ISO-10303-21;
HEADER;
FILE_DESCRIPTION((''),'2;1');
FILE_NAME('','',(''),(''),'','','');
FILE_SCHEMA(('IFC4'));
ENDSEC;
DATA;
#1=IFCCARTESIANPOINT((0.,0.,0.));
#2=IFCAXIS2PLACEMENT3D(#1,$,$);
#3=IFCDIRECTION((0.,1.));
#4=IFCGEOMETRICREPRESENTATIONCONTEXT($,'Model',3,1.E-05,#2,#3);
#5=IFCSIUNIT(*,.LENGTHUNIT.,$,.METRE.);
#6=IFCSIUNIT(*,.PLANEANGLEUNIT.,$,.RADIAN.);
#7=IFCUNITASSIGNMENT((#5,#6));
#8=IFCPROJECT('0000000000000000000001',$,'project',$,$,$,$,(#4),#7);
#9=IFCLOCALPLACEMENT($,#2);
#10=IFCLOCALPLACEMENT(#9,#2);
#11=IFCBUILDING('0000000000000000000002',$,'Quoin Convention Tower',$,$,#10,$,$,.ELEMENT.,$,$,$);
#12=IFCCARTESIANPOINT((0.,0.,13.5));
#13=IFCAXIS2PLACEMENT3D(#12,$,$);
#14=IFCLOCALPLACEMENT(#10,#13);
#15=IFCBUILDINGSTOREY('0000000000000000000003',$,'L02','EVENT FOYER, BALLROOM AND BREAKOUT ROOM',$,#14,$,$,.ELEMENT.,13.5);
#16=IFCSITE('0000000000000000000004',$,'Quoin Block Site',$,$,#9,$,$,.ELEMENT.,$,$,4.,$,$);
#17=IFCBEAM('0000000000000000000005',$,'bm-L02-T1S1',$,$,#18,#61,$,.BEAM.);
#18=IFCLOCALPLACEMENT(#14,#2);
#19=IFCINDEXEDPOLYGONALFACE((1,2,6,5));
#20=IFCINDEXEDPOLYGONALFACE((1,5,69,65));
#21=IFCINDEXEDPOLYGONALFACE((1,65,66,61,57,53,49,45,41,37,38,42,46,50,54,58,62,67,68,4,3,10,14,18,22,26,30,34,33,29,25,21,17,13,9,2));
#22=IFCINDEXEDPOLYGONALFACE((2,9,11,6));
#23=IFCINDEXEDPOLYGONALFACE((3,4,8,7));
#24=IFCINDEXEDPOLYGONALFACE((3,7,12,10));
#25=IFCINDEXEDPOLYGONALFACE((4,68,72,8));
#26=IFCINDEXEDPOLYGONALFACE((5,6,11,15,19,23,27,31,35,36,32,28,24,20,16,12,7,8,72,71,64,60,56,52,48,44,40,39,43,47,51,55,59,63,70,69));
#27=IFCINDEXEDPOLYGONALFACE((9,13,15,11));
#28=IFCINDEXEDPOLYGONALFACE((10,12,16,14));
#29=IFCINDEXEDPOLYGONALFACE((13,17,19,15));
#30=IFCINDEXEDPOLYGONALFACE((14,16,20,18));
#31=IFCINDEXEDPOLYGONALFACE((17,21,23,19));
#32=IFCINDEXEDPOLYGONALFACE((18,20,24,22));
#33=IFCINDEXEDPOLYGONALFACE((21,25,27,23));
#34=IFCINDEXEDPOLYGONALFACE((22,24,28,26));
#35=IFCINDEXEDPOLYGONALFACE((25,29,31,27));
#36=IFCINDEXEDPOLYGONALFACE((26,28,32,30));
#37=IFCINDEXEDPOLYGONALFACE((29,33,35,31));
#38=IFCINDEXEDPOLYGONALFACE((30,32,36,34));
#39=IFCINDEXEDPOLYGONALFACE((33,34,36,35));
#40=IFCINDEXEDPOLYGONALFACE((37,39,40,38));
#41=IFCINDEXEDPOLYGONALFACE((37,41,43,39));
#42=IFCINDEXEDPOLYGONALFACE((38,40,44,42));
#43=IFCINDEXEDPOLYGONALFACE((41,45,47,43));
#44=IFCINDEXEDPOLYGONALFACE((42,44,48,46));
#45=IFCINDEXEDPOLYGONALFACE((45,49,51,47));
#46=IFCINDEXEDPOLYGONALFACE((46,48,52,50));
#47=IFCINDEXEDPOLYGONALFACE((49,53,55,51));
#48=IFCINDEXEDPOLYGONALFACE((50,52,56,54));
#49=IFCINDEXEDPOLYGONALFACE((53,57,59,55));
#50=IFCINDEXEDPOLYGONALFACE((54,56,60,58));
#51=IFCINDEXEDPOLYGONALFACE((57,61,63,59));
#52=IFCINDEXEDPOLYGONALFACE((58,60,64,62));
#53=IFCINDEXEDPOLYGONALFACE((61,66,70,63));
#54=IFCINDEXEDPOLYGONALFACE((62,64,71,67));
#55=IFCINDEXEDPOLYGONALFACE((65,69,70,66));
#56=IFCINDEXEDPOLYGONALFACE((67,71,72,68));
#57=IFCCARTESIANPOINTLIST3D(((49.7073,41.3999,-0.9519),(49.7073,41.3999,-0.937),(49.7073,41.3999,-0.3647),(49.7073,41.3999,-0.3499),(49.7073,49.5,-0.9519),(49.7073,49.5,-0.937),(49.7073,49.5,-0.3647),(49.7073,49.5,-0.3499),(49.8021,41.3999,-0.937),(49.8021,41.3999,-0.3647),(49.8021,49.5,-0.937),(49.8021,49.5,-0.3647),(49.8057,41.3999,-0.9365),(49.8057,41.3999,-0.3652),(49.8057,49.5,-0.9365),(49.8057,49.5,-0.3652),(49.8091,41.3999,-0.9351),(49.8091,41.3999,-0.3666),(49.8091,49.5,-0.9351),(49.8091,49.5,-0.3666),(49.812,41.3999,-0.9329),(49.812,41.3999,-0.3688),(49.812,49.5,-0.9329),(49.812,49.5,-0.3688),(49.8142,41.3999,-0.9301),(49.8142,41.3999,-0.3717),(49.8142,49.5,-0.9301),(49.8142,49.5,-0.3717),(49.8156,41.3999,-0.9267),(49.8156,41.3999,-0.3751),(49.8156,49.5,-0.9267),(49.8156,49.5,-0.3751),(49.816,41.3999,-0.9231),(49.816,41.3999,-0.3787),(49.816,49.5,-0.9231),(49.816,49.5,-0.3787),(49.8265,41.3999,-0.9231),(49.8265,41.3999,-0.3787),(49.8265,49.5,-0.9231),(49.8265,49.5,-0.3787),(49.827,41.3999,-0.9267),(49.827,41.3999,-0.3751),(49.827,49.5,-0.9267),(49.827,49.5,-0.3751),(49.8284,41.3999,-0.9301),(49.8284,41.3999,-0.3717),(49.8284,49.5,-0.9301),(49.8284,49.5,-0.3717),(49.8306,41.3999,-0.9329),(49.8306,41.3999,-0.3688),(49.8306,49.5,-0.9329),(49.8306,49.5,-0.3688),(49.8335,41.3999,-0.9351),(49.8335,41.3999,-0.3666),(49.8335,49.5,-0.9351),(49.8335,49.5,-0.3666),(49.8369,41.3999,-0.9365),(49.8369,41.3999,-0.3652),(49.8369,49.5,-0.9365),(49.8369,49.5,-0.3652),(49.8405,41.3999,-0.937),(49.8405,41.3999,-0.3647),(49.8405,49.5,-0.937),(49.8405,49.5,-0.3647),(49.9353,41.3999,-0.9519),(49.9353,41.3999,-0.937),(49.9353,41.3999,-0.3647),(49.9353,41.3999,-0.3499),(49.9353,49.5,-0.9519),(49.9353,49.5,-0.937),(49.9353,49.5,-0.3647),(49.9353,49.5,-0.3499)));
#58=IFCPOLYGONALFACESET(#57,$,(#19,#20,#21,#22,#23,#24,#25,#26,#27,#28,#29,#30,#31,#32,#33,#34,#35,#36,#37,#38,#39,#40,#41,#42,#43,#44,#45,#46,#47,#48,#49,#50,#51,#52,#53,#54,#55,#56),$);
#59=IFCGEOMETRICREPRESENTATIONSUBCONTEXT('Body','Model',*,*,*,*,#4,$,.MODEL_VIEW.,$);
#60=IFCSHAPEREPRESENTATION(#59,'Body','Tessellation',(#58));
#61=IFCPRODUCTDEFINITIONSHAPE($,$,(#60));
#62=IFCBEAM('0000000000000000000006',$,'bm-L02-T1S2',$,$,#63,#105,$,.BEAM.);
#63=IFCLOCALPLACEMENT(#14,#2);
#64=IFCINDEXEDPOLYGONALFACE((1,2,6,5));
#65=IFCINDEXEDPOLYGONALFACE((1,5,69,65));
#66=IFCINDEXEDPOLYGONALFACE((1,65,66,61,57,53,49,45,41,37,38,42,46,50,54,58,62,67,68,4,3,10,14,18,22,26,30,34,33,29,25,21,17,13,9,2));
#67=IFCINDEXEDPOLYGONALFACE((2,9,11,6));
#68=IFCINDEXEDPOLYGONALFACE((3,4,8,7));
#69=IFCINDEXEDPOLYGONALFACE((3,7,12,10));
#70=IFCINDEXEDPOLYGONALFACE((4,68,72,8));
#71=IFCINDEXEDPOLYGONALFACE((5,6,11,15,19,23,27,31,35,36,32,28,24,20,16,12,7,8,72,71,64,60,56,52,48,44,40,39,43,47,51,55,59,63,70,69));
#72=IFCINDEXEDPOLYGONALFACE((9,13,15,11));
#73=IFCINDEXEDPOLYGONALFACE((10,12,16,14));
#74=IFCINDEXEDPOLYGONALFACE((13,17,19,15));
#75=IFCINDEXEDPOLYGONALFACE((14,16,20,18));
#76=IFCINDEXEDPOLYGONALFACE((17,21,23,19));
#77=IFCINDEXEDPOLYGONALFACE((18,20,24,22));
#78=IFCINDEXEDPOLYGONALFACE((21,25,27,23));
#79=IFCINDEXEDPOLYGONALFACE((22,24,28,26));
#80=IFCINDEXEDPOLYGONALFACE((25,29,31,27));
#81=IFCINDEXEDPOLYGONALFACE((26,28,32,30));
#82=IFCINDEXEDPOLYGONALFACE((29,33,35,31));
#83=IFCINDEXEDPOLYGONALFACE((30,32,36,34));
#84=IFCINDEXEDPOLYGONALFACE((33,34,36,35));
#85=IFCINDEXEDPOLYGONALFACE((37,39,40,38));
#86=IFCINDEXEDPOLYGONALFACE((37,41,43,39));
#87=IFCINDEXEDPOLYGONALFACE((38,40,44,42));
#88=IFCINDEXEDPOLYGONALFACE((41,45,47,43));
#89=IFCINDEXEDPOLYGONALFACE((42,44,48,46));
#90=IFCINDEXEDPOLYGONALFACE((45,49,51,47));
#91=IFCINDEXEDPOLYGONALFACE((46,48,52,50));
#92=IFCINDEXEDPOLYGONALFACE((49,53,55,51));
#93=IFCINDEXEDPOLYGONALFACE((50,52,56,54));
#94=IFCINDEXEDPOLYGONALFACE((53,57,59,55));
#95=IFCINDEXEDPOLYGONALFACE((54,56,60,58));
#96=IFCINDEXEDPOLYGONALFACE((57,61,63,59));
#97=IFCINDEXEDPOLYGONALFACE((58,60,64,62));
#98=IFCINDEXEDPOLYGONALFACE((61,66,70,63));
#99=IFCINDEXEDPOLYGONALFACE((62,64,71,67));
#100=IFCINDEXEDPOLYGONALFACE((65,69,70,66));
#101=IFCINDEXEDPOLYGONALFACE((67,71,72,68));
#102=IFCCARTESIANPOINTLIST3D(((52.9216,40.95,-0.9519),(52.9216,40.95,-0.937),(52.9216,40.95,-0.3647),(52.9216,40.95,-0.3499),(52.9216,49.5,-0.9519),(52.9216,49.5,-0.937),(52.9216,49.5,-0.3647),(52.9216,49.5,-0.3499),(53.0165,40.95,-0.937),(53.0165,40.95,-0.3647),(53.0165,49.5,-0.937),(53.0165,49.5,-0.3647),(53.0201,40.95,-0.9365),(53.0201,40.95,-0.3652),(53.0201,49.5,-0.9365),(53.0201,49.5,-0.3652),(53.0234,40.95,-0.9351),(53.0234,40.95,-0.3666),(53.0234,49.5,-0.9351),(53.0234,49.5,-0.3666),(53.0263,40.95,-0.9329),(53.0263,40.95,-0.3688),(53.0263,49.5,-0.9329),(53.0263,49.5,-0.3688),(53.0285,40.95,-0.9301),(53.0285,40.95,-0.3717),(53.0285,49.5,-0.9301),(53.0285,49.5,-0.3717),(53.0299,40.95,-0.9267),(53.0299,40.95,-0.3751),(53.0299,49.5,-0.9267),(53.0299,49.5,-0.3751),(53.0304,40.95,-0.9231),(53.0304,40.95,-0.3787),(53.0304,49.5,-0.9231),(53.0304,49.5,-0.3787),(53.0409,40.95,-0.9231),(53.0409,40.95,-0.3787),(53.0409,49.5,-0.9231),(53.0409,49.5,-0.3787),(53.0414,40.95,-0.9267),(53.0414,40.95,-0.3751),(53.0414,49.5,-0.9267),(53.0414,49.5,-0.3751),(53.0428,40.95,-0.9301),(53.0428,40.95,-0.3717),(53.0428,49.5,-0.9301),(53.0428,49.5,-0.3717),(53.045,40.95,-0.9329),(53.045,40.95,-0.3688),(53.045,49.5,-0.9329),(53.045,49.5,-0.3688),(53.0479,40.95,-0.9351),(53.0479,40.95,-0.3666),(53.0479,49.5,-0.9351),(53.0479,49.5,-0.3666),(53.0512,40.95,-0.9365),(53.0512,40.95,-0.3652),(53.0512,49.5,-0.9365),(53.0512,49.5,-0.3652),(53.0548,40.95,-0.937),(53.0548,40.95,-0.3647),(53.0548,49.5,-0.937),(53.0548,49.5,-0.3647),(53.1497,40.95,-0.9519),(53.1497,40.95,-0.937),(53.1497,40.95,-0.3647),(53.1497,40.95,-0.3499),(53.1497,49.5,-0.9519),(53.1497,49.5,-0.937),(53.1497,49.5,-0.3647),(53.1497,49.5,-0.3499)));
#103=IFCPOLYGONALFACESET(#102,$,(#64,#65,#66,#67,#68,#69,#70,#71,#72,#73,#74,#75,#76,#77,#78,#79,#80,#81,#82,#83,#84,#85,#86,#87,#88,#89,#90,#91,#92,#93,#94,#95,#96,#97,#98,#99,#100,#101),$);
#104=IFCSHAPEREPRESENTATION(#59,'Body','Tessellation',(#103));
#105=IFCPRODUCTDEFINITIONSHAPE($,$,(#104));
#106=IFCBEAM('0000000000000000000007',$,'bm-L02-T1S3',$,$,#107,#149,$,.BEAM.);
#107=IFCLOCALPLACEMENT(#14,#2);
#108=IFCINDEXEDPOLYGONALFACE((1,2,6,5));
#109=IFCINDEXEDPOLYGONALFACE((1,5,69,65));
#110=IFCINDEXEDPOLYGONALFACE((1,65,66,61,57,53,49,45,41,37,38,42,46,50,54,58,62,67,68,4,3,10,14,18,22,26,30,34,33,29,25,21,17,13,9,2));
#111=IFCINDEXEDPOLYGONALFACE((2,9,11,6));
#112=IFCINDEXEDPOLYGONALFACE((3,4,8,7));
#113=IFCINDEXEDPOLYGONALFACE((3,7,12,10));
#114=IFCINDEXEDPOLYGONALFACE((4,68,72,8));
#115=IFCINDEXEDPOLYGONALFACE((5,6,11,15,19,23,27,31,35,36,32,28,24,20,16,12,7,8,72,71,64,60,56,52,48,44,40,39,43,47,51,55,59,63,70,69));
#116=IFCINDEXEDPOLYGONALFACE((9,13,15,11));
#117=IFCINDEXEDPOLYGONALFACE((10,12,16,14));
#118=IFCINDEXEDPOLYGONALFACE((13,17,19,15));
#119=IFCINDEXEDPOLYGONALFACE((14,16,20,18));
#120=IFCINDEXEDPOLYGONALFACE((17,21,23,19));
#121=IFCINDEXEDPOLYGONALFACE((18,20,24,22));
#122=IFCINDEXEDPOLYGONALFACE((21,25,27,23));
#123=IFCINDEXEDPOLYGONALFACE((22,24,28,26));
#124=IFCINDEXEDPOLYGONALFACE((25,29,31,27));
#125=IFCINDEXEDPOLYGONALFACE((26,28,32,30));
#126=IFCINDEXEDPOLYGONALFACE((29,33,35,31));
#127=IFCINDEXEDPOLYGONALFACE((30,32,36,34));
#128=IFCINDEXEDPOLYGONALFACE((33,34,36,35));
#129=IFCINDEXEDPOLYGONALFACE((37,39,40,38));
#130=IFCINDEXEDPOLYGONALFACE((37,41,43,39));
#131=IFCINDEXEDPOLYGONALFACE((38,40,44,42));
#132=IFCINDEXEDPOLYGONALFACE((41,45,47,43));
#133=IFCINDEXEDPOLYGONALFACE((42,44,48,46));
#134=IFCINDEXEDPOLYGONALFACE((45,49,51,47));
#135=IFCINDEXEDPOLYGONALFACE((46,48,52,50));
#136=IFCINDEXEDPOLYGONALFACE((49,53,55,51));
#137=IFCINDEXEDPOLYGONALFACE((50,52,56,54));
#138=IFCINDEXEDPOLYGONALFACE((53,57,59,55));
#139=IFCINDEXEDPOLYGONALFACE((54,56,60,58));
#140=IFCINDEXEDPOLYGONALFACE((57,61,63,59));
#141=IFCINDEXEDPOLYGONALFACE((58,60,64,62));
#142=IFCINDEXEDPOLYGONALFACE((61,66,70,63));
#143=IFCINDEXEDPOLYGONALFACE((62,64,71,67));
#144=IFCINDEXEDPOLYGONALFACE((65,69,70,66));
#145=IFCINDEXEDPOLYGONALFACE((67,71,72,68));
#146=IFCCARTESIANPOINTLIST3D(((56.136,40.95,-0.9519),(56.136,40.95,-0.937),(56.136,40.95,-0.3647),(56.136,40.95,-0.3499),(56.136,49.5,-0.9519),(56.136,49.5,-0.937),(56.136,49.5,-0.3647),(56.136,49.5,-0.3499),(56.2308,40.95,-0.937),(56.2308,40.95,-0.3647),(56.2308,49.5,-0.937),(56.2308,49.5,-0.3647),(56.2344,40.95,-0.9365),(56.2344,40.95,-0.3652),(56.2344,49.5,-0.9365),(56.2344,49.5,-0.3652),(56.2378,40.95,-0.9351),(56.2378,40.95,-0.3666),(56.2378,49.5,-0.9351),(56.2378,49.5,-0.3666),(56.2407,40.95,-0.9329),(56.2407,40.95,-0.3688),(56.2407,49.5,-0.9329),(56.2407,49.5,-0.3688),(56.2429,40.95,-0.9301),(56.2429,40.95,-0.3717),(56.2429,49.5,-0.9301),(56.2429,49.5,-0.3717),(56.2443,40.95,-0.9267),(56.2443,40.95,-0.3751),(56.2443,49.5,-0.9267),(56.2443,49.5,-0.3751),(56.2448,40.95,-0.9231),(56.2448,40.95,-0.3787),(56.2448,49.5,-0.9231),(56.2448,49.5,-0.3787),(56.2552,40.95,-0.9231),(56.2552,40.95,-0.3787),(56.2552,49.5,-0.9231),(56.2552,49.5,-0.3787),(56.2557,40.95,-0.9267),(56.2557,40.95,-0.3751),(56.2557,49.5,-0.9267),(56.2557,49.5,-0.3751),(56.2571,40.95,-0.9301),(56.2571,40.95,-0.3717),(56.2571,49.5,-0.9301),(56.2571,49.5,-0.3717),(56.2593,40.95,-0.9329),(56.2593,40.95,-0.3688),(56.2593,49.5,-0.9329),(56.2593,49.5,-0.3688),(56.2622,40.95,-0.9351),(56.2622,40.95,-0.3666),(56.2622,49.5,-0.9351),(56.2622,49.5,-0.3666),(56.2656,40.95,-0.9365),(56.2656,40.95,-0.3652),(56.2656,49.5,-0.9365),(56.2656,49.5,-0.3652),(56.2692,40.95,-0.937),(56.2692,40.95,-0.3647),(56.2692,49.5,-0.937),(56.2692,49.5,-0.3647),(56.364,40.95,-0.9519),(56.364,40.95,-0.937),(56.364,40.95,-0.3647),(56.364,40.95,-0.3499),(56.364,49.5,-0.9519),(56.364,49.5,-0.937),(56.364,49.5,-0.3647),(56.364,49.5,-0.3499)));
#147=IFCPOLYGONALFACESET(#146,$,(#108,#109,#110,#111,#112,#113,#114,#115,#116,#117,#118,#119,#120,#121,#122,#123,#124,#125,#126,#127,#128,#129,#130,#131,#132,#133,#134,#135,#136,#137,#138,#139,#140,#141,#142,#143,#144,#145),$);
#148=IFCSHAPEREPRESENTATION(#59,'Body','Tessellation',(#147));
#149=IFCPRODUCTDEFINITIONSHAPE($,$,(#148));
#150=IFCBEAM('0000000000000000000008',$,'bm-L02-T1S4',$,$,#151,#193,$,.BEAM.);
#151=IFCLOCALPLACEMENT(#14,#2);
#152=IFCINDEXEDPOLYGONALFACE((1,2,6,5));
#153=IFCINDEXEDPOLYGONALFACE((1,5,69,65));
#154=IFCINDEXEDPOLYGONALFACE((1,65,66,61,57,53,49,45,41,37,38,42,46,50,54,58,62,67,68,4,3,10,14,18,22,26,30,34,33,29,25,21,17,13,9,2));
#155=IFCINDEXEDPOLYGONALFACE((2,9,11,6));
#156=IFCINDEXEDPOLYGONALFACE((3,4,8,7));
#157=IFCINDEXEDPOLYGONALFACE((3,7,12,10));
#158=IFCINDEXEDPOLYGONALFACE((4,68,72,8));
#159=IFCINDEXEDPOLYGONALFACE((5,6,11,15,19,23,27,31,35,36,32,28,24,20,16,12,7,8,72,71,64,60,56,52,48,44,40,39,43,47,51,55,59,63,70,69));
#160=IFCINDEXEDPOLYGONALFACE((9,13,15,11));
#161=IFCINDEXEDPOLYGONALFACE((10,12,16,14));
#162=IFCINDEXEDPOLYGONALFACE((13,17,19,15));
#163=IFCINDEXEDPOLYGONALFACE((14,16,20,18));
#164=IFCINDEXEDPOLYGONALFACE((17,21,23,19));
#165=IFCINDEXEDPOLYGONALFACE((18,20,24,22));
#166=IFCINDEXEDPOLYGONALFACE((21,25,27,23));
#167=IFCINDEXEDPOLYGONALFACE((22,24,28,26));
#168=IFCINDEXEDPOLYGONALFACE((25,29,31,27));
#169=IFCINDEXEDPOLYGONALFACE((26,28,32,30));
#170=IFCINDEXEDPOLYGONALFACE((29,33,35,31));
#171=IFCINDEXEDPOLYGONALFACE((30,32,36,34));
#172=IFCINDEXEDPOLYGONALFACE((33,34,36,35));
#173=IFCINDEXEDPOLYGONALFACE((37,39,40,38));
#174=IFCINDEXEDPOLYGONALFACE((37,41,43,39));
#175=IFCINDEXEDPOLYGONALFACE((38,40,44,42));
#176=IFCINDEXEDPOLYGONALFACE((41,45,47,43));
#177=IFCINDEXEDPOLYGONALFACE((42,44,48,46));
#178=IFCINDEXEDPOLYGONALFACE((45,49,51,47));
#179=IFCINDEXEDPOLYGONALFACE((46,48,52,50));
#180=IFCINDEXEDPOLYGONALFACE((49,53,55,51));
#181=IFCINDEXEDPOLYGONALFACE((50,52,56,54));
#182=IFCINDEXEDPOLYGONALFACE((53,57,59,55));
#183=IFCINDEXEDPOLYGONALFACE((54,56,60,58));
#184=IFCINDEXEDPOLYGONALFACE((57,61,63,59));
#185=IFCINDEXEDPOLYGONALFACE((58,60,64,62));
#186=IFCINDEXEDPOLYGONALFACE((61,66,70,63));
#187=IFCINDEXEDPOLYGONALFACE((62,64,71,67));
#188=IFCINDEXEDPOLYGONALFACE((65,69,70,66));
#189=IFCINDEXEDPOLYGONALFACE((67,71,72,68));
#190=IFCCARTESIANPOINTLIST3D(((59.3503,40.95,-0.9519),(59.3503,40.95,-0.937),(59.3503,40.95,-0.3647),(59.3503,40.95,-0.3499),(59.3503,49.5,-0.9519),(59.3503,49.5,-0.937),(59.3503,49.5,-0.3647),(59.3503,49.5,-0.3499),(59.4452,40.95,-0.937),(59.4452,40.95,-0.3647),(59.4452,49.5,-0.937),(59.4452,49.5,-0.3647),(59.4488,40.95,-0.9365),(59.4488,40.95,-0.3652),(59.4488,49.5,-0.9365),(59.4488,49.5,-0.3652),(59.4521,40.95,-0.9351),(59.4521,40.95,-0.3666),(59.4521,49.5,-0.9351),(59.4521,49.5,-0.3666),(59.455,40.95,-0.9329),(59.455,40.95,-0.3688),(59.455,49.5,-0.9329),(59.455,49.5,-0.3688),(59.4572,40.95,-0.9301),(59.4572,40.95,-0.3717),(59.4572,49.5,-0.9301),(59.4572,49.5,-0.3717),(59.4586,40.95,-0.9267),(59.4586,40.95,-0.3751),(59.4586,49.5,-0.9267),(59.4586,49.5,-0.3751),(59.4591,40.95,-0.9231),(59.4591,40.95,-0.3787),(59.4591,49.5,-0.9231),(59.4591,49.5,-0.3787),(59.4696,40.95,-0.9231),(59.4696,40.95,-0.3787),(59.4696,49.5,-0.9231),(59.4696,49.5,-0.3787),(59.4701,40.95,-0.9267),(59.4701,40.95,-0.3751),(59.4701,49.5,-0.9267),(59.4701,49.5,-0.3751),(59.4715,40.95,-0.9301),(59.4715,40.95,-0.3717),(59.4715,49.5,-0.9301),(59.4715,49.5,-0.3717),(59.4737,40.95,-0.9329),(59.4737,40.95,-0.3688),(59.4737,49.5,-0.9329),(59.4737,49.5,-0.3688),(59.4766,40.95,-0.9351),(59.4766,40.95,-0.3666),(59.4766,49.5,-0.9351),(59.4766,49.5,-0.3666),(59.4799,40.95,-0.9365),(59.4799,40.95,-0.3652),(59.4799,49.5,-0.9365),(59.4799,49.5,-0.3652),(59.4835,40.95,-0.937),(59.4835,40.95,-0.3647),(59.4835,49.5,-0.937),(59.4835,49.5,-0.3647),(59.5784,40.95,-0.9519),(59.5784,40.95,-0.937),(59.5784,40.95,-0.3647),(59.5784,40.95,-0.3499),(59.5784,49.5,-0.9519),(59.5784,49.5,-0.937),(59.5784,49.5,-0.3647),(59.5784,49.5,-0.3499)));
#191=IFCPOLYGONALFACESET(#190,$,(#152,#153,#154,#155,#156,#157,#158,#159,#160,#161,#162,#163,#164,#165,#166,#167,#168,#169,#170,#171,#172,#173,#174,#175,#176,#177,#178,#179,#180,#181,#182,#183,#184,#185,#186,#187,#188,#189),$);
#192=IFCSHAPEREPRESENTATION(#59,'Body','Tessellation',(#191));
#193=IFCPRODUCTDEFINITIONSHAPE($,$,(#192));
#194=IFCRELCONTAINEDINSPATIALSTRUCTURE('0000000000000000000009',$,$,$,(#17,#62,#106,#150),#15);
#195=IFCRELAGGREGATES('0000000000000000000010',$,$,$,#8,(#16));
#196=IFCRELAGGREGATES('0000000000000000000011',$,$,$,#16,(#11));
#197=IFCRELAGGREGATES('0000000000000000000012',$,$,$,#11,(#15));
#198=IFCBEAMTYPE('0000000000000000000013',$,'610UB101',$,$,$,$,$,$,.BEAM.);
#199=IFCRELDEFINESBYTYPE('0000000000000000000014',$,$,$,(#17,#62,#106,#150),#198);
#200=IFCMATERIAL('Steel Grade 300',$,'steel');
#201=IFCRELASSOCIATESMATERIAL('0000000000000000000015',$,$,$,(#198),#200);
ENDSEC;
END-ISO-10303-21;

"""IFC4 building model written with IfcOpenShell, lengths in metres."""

from ifc_helpers import new_model, si_unit, direction, frame, origin, origin_2d, place, context, subcontext, project, spatial, i_section, extrude, material, material_profile, profile_set, type_object, element, save


model = new_model("IFC4")

# Units and contexts
model_context = context("Model", 3, precision=1e-05, world=origin(), true_north=direction((0.0, 1.0)))
body_context = subcontext(model_context, "Body", "Model", "MODEL_VIEW")
ifc_project = project(units=[si_unit("LENGTHUNIT", "METRE"), si_unit("PLANEANGLEUNIT", "RADIAN")], contexts=[model_context])

# Site, building, storey
site_placement = place(None, origin())
site = spatial("IfcSite", under=ifc_project, at=site_placement, Name="Quoin Block Site", CompositionType="ELEMENT", RefElevation=4.0)
building_placement = place(site_placement, origin())
building = spatial("IfcBuilding", under=site, at=building_placement, Name="Quoin Convention Tower", CompositionType="ELEMENT")
storey_placement = place(building_placement, frame((0.0, 0.0, 13.5)))
storey = spatial("IfcBuildingStorey", under=building, at=storey_placement, Name="L02", Description="EVENT FOYER, BALLROOM AND BREAKOUT ROOM", CompositionType="ELEMENT", Elevation=13.5)

# Beams
ifc_material_1 = material(Name="Steel Grade 300", Category="steel")
ifc_material_profile_1 = material_profile(ifc_material_1, i_section(OverallWidth=0.228, OverallDepth=0.6021, WebThickness=0.0105, FlangeThickness=0.0149, FilletRadius=0.0139, at=origin_2d()), Name="610UB101")
ifc_profile_set_1 = profile_set([ifc_material_profile_1], Name="Steel Grade 300")
beam_type_1 = type_object("IfcBeamType", Name="610UB101", PredefinedType="BEAM", material=ifc_profile_set_1)
beam_1_placement = place(storey_placement, frame((49.8213, 41.3999, -0.6509), z_axis=(0.0, 1.0, 0.0), x_axis=(-1.0, 0.0, 0.0)))
element("IfcBeam", 1, at=beam_1_placement, inside=storey, type_object=beam_type_1, Name="bm-L02-T1S1", PredefinedType="BEAM", context=body_context, shape_type="SweptSolid", body=[
    extrude(i_section(OverallWidth=0.228, OverallDepth=0.6021, WebThickness=0.0105, FlangeThickness=0.0149, FilletRadius=0.0139, at=origin_2d()), origin(), (0.0, 0.0, 1.0), 8.1001),
])
for number, where, z_axis, x_axis, name in (
    (2, (53.0356, 40.95, -0.6509), (0.0, 1.0, 0.0), (-1.0, 0.0, 0.0), "bm-L02-T1S2"),
    (3, (56.25, 40.95, -0.6509), (0.0, 1.0, 0.0), (-1.0, 0.0, 0.0), "bm-L02-T1S3"),
    (4, (59.4644, 40.95, -0.6509), (0.0, 1.0, 0.0), (-1.0, 0.0, 0.0), "bm-L02-T1S4"),
):
    element("IfcBeam", number, at=place(storey_placement, frame(where, z_axis=z_axis, x_axis=x_axis)), inside=storey, type_object=beam_type_1, Name=name, PredefinedType="BEAM", context=body_context, shape_type="SweptSolid", body=[
        extrude(i_section(OverallWidth=0.228, OverallDepth=0.6021, WebThickness=0.0105, FlangeThickness=0.0149, FilletRadius=0.0139, at=origin_2d()), origin(), (0.0, 0.0, 1.0), 8.55),
    ])

save(model, "model.ifc")
